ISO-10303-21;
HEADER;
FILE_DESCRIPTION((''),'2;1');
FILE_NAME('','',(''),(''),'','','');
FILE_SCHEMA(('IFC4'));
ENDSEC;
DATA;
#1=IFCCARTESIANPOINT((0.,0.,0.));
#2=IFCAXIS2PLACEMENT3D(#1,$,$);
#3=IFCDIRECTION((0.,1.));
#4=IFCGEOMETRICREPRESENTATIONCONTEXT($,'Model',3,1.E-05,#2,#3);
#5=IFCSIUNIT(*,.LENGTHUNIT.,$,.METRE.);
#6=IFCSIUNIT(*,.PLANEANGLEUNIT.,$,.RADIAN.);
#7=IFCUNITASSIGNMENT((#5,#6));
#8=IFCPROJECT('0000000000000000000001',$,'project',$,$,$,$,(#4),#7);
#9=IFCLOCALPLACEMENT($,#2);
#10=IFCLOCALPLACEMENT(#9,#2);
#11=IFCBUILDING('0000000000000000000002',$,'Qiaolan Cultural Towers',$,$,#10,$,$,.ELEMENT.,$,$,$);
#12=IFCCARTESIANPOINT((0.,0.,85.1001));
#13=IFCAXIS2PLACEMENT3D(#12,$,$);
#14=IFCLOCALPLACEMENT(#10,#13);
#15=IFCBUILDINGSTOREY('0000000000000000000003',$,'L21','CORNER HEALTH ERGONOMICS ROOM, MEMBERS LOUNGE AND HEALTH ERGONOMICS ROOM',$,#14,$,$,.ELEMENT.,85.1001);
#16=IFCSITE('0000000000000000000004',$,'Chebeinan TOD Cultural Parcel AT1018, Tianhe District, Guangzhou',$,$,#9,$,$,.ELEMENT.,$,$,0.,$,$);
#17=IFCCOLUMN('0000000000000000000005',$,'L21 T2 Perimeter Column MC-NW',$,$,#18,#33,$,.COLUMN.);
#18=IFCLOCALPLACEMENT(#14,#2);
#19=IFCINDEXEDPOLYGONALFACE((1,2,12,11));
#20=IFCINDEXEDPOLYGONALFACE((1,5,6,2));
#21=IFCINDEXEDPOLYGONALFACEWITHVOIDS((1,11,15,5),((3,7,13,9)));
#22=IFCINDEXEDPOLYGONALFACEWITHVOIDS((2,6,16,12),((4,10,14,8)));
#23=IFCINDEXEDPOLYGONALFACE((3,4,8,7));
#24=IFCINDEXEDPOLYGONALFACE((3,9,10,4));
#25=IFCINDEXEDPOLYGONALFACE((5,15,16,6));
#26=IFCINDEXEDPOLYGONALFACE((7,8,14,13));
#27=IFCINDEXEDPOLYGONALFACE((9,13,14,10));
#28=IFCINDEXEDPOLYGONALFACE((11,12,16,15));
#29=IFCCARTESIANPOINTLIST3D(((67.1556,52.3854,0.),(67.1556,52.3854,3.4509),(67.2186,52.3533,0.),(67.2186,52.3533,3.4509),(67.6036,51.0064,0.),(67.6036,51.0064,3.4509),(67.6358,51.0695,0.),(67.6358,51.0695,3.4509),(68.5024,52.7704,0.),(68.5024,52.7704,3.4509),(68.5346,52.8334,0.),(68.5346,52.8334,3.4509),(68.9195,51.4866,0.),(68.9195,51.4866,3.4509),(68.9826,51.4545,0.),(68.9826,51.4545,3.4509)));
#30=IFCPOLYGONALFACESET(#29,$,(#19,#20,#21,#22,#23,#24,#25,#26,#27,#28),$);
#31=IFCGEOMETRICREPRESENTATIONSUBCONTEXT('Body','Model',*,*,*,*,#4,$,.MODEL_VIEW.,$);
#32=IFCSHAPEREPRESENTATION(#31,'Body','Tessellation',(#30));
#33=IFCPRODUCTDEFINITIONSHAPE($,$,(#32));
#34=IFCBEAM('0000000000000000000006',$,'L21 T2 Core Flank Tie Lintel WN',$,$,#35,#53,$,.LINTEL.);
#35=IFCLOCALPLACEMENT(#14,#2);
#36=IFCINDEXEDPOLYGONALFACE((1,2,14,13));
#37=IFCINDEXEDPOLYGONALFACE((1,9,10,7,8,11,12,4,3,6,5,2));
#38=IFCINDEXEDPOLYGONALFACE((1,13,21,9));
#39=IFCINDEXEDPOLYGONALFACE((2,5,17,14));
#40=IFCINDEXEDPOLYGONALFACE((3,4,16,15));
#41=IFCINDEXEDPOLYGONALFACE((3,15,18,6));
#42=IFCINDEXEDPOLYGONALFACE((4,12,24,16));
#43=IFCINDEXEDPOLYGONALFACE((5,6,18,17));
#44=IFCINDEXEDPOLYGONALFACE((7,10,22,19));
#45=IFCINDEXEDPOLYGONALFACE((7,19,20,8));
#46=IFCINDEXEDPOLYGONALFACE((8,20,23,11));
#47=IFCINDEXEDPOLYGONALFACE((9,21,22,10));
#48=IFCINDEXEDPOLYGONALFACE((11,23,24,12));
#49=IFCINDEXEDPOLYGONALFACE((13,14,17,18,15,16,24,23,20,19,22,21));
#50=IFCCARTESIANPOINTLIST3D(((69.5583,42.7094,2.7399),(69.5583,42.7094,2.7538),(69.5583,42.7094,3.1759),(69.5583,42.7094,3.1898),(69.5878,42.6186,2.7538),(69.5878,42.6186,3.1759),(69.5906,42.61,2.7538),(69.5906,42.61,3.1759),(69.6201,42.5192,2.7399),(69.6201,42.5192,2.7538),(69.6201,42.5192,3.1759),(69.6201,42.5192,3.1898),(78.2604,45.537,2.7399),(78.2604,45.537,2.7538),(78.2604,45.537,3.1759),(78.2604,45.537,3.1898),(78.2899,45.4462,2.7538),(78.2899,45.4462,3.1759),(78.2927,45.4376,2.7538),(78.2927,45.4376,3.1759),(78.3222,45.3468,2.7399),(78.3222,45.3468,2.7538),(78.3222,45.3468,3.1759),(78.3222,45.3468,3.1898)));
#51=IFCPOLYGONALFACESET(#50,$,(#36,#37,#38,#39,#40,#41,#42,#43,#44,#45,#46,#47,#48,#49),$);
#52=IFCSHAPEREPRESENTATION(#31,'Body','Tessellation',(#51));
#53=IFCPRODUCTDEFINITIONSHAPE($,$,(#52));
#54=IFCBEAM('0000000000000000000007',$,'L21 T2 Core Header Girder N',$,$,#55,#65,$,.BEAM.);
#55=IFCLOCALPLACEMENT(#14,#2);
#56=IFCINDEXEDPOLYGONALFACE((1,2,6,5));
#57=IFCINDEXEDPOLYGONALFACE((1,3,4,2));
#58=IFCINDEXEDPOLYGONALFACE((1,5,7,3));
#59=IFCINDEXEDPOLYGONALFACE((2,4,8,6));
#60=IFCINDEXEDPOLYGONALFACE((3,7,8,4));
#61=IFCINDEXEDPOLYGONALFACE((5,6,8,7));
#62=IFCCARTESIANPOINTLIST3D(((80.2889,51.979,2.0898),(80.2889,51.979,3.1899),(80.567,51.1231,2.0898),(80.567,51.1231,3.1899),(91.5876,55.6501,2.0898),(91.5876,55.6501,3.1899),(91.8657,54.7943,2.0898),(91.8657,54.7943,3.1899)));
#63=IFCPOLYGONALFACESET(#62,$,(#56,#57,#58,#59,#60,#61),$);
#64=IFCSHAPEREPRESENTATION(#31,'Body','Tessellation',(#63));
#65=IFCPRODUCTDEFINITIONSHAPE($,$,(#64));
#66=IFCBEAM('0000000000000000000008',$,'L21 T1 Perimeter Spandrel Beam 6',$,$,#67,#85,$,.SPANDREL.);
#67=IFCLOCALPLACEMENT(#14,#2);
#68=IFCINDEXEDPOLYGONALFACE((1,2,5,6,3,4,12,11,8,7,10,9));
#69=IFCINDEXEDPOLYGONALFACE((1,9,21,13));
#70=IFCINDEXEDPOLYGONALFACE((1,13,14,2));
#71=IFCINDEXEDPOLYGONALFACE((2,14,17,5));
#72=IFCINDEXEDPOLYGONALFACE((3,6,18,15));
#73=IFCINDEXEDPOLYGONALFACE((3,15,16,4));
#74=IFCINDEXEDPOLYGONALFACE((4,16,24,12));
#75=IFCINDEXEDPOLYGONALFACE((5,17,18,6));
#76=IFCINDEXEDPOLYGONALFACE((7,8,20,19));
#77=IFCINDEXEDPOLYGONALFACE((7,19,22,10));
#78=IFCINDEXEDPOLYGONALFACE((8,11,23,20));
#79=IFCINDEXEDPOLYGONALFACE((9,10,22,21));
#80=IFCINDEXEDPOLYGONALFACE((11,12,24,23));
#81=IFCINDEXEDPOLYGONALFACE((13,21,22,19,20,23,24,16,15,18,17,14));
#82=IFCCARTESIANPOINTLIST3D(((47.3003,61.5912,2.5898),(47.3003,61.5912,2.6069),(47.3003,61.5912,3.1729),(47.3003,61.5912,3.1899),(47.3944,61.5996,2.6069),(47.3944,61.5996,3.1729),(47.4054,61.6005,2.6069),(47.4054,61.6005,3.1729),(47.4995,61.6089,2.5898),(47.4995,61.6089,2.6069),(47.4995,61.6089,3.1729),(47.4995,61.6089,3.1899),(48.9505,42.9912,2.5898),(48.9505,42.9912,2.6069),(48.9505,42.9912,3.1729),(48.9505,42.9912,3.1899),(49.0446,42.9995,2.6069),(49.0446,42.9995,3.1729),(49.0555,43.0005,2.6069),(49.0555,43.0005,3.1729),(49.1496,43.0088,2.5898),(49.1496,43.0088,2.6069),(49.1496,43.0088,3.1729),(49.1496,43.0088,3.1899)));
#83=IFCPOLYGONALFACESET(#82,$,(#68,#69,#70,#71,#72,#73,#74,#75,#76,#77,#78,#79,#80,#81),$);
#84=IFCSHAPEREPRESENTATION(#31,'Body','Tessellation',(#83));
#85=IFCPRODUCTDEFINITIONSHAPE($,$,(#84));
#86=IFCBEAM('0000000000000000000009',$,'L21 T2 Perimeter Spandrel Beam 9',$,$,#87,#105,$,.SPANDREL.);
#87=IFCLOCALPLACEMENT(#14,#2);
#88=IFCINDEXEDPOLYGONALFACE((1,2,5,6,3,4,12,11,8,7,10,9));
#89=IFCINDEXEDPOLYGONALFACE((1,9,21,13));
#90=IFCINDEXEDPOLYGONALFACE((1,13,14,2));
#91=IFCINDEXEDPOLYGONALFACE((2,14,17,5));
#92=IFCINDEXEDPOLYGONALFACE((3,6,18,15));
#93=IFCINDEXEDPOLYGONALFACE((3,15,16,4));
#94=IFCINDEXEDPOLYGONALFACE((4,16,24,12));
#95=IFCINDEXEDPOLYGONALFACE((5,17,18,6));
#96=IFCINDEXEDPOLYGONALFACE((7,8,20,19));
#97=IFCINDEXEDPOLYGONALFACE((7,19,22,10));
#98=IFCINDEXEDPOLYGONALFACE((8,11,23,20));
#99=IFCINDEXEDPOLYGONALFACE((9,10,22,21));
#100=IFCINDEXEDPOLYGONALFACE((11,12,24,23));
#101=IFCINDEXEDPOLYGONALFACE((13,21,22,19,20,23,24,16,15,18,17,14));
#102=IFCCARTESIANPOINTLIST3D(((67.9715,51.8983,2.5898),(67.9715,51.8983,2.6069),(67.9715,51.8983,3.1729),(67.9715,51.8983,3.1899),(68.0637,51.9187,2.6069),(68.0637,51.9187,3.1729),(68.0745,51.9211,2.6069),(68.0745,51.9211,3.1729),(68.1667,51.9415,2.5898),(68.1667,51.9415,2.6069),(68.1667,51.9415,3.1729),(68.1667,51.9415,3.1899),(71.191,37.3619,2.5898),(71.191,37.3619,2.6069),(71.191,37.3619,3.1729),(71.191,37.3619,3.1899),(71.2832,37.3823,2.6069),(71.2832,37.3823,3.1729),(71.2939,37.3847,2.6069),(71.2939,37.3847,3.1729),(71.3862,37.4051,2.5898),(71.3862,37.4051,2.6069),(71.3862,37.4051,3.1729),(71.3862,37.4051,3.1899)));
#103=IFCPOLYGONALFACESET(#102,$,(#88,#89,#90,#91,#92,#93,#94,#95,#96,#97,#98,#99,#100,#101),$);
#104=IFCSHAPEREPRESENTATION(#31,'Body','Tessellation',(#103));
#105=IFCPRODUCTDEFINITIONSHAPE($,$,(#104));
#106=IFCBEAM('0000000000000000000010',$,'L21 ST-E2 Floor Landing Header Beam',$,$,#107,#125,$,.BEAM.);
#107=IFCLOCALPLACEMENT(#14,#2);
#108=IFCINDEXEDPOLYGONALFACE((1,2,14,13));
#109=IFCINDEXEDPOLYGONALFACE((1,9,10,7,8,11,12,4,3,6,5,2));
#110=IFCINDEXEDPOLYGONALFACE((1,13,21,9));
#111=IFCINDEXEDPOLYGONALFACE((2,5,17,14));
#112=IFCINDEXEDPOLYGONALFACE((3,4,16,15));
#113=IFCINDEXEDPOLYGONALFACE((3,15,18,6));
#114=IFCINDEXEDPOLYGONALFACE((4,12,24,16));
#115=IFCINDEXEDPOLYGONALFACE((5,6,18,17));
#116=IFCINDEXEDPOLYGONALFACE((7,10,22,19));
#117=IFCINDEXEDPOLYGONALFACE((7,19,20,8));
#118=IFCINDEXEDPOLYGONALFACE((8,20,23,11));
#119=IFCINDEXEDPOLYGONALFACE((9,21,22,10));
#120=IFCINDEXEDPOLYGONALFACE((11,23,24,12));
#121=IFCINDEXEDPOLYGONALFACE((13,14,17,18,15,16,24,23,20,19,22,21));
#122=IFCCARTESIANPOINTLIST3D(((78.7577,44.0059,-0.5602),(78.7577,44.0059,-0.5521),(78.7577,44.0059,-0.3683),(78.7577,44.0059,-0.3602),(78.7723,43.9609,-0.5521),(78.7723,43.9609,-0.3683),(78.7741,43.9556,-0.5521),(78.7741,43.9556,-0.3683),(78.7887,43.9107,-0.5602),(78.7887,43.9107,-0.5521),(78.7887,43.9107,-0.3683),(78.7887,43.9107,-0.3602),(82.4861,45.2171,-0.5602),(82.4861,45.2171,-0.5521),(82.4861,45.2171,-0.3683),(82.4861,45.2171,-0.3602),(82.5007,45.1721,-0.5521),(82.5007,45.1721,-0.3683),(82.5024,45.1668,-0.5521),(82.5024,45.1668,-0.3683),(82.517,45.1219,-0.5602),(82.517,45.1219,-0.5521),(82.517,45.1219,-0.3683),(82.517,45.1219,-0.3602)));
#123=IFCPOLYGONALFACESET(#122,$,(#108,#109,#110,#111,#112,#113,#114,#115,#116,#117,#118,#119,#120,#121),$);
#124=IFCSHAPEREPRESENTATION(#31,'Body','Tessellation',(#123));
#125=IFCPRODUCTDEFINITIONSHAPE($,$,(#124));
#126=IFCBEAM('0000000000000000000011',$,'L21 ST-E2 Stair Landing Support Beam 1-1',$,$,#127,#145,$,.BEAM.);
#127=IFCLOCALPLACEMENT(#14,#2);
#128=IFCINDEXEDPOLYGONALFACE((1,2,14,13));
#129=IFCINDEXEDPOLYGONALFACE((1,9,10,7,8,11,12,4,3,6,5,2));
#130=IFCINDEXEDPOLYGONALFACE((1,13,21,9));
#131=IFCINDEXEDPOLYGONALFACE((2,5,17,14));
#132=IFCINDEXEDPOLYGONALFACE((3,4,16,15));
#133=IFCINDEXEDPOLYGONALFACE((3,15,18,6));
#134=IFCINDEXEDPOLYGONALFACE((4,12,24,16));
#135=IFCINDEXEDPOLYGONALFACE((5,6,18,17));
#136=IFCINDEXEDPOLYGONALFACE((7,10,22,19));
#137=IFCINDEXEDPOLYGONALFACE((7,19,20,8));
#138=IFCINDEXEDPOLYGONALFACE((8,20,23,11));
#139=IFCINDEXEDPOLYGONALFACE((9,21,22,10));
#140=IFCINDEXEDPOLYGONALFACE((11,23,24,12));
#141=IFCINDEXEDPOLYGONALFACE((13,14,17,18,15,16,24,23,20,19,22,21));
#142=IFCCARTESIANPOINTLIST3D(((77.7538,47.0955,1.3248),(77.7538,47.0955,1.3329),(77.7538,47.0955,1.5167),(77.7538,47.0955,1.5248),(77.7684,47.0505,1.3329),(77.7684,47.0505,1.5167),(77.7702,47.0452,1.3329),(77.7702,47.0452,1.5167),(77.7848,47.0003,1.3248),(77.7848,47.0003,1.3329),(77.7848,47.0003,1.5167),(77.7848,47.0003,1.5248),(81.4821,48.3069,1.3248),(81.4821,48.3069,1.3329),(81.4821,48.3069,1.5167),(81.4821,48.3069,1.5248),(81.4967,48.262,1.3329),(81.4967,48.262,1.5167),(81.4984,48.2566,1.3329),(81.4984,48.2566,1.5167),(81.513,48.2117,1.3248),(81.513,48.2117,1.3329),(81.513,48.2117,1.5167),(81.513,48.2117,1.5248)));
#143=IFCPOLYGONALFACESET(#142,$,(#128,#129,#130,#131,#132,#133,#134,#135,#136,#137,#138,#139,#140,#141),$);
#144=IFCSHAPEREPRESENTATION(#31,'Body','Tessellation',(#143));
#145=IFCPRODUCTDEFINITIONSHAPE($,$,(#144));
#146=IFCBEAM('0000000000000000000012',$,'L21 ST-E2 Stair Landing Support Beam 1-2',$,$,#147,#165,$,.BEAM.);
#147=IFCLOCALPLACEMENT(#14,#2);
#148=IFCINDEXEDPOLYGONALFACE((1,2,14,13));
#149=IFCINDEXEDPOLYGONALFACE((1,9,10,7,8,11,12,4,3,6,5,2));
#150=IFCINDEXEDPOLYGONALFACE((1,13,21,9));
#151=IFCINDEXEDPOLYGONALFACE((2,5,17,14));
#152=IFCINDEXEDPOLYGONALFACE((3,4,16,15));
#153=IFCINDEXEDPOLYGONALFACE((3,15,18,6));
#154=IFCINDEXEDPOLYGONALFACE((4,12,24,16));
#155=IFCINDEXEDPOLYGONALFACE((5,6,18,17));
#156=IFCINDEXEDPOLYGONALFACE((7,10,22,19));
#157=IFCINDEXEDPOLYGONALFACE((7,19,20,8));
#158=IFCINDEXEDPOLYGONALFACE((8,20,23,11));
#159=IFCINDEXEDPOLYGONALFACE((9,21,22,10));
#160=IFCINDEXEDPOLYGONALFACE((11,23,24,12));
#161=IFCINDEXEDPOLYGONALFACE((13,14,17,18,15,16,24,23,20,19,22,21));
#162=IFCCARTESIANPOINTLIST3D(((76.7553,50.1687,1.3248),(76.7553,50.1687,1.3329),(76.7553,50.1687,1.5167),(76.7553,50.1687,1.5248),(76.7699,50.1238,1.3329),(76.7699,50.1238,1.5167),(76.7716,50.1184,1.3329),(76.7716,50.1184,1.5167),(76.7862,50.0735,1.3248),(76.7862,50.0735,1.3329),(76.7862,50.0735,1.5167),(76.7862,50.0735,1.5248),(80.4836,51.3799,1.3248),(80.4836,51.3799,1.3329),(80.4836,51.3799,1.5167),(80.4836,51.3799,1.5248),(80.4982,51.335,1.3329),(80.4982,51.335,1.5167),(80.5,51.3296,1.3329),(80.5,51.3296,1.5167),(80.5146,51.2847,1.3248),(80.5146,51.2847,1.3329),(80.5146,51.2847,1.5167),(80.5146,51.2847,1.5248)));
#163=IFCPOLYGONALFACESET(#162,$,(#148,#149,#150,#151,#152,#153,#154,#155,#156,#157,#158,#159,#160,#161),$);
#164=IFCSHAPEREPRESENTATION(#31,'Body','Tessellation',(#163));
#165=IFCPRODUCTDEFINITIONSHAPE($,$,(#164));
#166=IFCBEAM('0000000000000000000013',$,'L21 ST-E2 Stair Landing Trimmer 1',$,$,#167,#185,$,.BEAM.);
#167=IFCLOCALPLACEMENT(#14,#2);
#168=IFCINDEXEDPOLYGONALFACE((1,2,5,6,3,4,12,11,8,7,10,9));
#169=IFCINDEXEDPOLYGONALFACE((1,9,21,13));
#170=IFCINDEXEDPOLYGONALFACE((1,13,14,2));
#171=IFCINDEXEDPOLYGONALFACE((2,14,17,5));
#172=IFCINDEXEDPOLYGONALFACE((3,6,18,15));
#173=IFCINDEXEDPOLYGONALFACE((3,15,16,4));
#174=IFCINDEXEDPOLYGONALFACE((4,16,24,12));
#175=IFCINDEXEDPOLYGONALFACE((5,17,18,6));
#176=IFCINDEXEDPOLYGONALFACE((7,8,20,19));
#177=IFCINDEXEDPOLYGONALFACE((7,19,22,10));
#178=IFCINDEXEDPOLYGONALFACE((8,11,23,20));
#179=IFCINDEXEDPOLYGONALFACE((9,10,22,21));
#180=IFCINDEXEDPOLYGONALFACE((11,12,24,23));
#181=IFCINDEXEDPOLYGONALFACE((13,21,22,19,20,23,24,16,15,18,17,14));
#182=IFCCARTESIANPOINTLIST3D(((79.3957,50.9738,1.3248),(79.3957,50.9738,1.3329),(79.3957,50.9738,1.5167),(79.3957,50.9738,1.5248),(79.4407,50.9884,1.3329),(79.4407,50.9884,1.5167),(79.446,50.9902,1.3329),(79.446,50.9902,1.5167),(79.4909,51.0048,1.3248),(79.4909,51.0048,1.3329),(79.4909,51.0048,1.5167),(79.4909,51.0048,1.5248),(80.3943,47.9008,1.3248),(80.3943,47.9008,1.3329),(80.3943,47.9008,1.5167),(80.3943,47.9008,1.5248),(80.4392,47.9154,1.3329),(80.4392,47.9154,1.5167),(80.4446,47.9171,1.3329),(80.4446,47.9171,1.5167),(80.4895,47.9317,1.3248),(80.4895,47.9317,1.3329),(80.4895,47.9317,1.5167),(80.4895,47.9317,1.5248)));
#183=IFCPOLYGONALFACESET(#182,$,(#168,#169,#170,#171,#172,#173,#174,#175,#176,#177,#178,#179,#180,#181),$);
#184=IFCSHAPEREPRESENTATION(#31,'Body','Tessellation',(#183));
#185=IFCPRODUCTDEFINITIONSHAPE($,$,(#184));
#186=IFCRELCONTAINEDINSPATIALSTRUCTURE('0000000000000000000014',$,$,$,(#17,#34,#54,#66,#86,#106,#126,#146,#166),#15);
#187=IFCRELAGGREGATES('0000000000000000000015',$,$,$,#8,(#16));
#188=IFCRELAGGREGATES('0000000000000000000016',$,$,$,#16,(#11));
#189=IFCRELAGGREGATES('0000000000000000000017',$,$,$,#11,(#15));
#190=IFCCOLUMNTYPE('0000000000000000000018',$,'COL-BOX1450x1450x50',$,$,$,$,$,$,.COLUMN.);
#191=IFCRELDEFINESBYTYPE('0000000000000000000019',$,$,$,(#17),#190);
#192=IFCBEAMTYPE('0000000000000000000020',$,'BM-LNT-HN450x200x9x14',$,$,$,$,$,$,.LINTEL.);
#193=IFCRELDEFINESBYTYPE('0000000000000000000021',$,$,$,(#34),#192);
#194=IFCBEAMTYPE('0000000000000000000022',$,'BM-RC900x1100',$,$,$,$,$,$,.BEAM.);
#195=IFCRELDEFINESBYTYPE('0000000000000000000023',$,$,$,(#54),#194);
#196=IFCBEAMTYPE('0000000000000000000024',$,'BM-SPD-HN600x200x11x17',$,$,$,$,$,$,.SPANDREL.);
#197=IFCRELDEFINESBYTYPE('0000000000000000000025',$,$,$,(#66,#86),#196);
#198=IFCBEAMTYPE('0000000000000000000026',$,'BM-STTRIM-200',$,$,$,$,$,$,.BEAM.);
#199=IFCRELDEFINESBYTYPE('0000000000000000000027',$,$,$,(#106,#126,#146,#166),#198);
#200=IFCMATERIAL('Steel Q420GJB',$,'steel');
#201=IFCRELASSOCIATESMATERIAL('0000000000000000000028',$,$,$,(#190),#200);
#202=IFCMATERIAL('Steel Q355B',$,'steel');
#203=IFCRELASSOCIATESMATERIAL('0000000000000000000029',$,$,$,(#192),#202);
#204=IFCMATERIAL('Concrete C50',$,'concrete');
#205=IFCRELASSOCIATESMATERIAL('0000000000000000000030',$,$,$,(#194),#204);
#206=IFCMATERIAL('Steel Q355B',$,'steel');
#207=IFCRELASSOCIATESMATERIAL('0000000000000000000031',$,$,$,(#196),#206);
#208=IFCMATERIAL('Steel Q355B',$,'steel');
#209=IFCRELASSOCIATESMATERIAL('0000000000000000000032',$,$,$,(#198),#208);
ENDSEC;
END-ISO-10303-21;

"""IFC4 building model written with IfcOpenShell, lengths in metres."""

from ifc_helpers import new_model, si_unit, direction, frame, origin, origin_2d, place, context, subcontext, project, spatial, rectangle, hollow_rectangle, i_section, extrude, material, material_profile, profile_set, type_object, element, save


model = new_model("IFC4")

# Units and contexts
model_context = context("Model", 3, precision=1e-05, world=origin(), true_north=direction((0.0, 1.0)))
body_context = subcontext(model_context, "Body", "Model", "MODEL_VIEW")
ifc_project = project(units=[si_unit("LENGTHUNIT", "METRE"), si_unit("PLANEANGLEUNIT", "RADIAN")], contexts=[model_context])

# Site, building, storey
site_placement = place(None, origin())
site = spatial("IfcSite", under=ifc_project, at=site_placement, Name="Chebeinan TOD Cultural Parcel AT1018, Tianhe District, Guangzhou", CompositionType="ELEMENT", RefElevation=0.0)
building_placement = place(site_placement, origin())
building = spatial("IfcBuilding", under=site, at=building_placement, Name="Qiaolan Cultural Towers", CompositionType="ELEMENT")
storey_placement = place(building_placement, frame((0.0, 0.0, 85.1001)))
storey = spatial("IfcBuildingStorey", under=building, at=storey_placement, Name="L21", Description="CORNER HEALTH ERGONOMICS ROOM, MEMBERS LOUNGE AND HEALTH ERGONOMICS ROOM", CompositionType="ELEMENT", Elevation=85.1001)

# Column
ifc_material_1 = material(Name="Steel Q420GJB", Category="steel")
ifc_material_profile_1 = material_profile(ifc_material_1, hollow_rectangle(XDim=1.45, YDim=1.45, WallThickness=0.05, at=origin_2d()), Name="BOX1450x1450x50")
ifc_profile_set_1 = profile_set([ifc_material_profile_1], Name="Steel Q420GJB")
column_type = type_object("IfcColumnType", Name="COL-BOX1450x1450x50", PredefinedType="COLUMN", material=ifc_profile_set_1)
column_placement = place(storey_placement, frame((68.0691, 51.9199, 0.0), z_axis=(0.0, 0.0, 1.0), x_axis=(0.951057, 0.309017, 0.0)))
element("IfcColumn", 1, at=column_placement, inside=storey, type_object=column_type, Name="L21 T2 Perimeter Column MC-NW", PredefinedType="COLUMN", context=body_context, shape_type="SweptSolid", body=[
    extrude(hollow_rectangle(XDim=1.45, YDim=1.45, WallThickness=0.05, at=origin_2d()), origin(), (0.0, 0.0, 1.0), 3.4509),
])

# Beams
ifc_material_2 = material(Name="Steel Q355B", Category="steel")
ifc_material_profile_2 = material_profile(ifc_material_2, i_section(OverallWidth=0.2, OverallDepth=0.45, WebThickness=0.009, FlangeThickness=0.0139, at=origin_2d()), Name="HN450x200x9x14")
ifc_profile_set_2 = profile_set([ifc_material_profile_2], Name="Steel Q355B")
beam_type_1 = type_object("IfcBeamType", Name="BM-LNT-HN450x200x9x14", PredefinedType="LINTEL", material=ifc_profile_set_2)
beam_1_placement = place(storey_placement, frame((78.2913, 45.4419, 2.9648), z_axis=(-0.951052, -0.309031, 0.0), x_axis=(0.309031, -0.951052, 0.0)))
element("IfcBeam", 2, at=beam_1_placement, inside=storey, type_object=beam_type_1, Name="L21 T2 Core Flank Tie Lintel WN", PredefinedType="LINTEL", context=body_context, shape_type="SweptSolid", body=[
    extrude(i_section(OverallWidth=0.2, OverallDepth=0.45, WebThickness=0.009, FlangeThickness=0.0139, at=origin_2d()), origin(), (0.0, 0.0, 1.0), 9.1499),
])
ifc_material_3 = material(Name="Concrete C50", Category="concrete")
ifc_material_profile_3 = material_profile(ifc_material_3, rectangle(XDim=0.8999, YDim=1.1001, at=origin_2d()), Name="RC900x1100")
ifc_profile_set_3 = profile_set([ifc_material_profile_3], Name="Concrete C50")
beam_type_2 = type_object("IfcBeamType", Name="BM-RC900x1100", PredefinedType="BEAM", material=ifc_profile_set_3)
beam_2_placement = place(storey_placement, frame((80.428, 51.551, 2.6399), z_axis=(0.951056, 0.309018, 0.0), x_axis=(-0.309018, 0.951056, 0.0)))
element("IfcBeam", 3, at=beam_2_placement, inside=storey, type_object=beam_type_2, Name="L21 T2 Core Header Girder N", PredefinedType="BEAM", context=body_context, shape_type="SweptSolid", body=[
    extrude(rectangle(XDim=0.8999, YDim=1.1001, at=origin_2d()), origin(), (0.0, 0.0, 1.0), 11.8801),
])
ifc_material_4 = material(Name="Steel Q355B", Category="steel")
ifc_material_profile_4 = material_profile(ifc_material_4, i_section(OverallWidth=0.2, OverallDepth=0.6001, WebThickness=0.011, FlangeThickness=0.0171, at=origin_2d()), Name="HN600x200x11x17")
ifc_profile_set_4 = profile_set([ifc_material_profile_4], Name="Steel Q355B")
beam_type_3 = type_object("IfcBeamType", Name="BM-SPD-HN600x200x11x17", PredefinedType="SPANDREL", material=ifc_profile_set_4)
beam_3_placement = place(storey_placement, frame((49.05, 43.0, 2.8899), z_axis=(-0.08837, 0.996088, 0.0), x_axis=(-0.996088, -0.08837, 0.0)))
element("IfcBeam", 4, at=beam_3_placement, inside=storey, type_object=beam_type_3, Name="L21 T1 Perimeter Spandrel Beam 6", PredefinedType="SPANDREL", context=body_context, shape_type="SweptSolid", body=[
    extrude(i_section(OverallWidth=0.2, OverallDepth=0.6001, WebThickness=0.011, FlangeThickness=0.0171, at=origin_2d()), origin(), (0.0, 0.0, 1.0), 18.6731),
])
beam_4_placement = place(storey_placement, frame((68.0691, 51.9199, 2.8899), z_axis=(0.216238, -0.976341, 0.0), x_axis=(0.976341, 0.216238, 0.0)))
element("IfcBeam", 5, at=beam_4_placement, inside=storey, type_object=beam_type_3, Name="L21 T2 Perimeter Spandrel Beam 9", PredefinedType="SPANDREL", context=body_context, shape_type="SweptSolid", body=[
    extrude(i_section(OverallWidth=0.2, OverallDepth=0.6001, WebThickness=0.011, FlangeThickness=0.0171, at=origin_2d()), origin(), (0.0, 0.0, 1.0), 14.8887),
])
ifc_material_5 = material(Name="Steel Q355B", Category="steel")
ifc_material_profile_5 = material_profile(ifc_material_5, i_section(OverallWidth=0.1001, OverallDepth=0.2, WebThickness=0.0056, FlangeThickness=0.0081, at=origin_2d()), Name="HN200x100x5.5x8")
ifc_profile_set_5 = profile_set([ifc_material_profile_5], Name="Steel Q355B")
beam_type_4 = type_object("IfcBeamType", Name="BM-STTRIM-200", PredefinedType="BEAM", material=ifc_profile_set_5)
for number, where, z_axis, x_axis, name in (
    (6, (78.7732, 43.9583, -0.4602), (0.951072, 0.308969, 0.0), (-0.308969, 0.951072, 0.0), "L21 ST-E2 Floor Landing Header Beam"),
    (7, (77.7693, 47.0479, 1.4248), (0.951054, 0.309026, 0.0), (-0.309026, 0.951054, 0.0), "L21 ST-E2 Stair Landing Support Beam 1-1"),
    (8, (76.7708, 50.1211, 1.4248), (0.951072, 0.308969, 0.0), (-0.308969, 0.951072, 0.0), "L21 ST-E2 Stair Landing Support Beam 1-2"),
):
    element("IfcBeam", number, at=place(storey_placement, frame(where, z_axis=z_axis, x_axis=x_axis)), inside=storey, type_object=beam_type_4, Name=name, PredefinedType="BEAM", context=body_context, shape_type="SweptSolid", body=[
        extrude(i_section(OverallWidth=0.1001, OverallDepth=0.2, WebThickness=0.0056, FlangeThickness=0.0081, at=origin_2d()), origin(), (0.0, 0.0, 1.0), 3.9202),
    ])
beam_5_placement = place(storey_placement, frame((80.4419, 47.9163, 1.4248), z_axis=(-0.309033, 0.951051, 0.0), x_axis=(-0.951051, -0.309033, 0.0)))
element("IfcBeam", 9, at=beam_5_placement, inside=storey, type_object=beam_type_4, Name="L21 ST-E2 Stair Landing Trimmer 1", PredefinedType="BEAM", context=body_context, shape_type="SweptSolid", body=[
    extrude(i_section(OverallWidth=0.1001, OverallDepth=0.2, WebThickness=0.0056, FlangeThickness=0.0081, at=origin_2d()), origin(), (0.0, 0.0, 1.0), 3.2312),
])

save(model, "model.ifc")
